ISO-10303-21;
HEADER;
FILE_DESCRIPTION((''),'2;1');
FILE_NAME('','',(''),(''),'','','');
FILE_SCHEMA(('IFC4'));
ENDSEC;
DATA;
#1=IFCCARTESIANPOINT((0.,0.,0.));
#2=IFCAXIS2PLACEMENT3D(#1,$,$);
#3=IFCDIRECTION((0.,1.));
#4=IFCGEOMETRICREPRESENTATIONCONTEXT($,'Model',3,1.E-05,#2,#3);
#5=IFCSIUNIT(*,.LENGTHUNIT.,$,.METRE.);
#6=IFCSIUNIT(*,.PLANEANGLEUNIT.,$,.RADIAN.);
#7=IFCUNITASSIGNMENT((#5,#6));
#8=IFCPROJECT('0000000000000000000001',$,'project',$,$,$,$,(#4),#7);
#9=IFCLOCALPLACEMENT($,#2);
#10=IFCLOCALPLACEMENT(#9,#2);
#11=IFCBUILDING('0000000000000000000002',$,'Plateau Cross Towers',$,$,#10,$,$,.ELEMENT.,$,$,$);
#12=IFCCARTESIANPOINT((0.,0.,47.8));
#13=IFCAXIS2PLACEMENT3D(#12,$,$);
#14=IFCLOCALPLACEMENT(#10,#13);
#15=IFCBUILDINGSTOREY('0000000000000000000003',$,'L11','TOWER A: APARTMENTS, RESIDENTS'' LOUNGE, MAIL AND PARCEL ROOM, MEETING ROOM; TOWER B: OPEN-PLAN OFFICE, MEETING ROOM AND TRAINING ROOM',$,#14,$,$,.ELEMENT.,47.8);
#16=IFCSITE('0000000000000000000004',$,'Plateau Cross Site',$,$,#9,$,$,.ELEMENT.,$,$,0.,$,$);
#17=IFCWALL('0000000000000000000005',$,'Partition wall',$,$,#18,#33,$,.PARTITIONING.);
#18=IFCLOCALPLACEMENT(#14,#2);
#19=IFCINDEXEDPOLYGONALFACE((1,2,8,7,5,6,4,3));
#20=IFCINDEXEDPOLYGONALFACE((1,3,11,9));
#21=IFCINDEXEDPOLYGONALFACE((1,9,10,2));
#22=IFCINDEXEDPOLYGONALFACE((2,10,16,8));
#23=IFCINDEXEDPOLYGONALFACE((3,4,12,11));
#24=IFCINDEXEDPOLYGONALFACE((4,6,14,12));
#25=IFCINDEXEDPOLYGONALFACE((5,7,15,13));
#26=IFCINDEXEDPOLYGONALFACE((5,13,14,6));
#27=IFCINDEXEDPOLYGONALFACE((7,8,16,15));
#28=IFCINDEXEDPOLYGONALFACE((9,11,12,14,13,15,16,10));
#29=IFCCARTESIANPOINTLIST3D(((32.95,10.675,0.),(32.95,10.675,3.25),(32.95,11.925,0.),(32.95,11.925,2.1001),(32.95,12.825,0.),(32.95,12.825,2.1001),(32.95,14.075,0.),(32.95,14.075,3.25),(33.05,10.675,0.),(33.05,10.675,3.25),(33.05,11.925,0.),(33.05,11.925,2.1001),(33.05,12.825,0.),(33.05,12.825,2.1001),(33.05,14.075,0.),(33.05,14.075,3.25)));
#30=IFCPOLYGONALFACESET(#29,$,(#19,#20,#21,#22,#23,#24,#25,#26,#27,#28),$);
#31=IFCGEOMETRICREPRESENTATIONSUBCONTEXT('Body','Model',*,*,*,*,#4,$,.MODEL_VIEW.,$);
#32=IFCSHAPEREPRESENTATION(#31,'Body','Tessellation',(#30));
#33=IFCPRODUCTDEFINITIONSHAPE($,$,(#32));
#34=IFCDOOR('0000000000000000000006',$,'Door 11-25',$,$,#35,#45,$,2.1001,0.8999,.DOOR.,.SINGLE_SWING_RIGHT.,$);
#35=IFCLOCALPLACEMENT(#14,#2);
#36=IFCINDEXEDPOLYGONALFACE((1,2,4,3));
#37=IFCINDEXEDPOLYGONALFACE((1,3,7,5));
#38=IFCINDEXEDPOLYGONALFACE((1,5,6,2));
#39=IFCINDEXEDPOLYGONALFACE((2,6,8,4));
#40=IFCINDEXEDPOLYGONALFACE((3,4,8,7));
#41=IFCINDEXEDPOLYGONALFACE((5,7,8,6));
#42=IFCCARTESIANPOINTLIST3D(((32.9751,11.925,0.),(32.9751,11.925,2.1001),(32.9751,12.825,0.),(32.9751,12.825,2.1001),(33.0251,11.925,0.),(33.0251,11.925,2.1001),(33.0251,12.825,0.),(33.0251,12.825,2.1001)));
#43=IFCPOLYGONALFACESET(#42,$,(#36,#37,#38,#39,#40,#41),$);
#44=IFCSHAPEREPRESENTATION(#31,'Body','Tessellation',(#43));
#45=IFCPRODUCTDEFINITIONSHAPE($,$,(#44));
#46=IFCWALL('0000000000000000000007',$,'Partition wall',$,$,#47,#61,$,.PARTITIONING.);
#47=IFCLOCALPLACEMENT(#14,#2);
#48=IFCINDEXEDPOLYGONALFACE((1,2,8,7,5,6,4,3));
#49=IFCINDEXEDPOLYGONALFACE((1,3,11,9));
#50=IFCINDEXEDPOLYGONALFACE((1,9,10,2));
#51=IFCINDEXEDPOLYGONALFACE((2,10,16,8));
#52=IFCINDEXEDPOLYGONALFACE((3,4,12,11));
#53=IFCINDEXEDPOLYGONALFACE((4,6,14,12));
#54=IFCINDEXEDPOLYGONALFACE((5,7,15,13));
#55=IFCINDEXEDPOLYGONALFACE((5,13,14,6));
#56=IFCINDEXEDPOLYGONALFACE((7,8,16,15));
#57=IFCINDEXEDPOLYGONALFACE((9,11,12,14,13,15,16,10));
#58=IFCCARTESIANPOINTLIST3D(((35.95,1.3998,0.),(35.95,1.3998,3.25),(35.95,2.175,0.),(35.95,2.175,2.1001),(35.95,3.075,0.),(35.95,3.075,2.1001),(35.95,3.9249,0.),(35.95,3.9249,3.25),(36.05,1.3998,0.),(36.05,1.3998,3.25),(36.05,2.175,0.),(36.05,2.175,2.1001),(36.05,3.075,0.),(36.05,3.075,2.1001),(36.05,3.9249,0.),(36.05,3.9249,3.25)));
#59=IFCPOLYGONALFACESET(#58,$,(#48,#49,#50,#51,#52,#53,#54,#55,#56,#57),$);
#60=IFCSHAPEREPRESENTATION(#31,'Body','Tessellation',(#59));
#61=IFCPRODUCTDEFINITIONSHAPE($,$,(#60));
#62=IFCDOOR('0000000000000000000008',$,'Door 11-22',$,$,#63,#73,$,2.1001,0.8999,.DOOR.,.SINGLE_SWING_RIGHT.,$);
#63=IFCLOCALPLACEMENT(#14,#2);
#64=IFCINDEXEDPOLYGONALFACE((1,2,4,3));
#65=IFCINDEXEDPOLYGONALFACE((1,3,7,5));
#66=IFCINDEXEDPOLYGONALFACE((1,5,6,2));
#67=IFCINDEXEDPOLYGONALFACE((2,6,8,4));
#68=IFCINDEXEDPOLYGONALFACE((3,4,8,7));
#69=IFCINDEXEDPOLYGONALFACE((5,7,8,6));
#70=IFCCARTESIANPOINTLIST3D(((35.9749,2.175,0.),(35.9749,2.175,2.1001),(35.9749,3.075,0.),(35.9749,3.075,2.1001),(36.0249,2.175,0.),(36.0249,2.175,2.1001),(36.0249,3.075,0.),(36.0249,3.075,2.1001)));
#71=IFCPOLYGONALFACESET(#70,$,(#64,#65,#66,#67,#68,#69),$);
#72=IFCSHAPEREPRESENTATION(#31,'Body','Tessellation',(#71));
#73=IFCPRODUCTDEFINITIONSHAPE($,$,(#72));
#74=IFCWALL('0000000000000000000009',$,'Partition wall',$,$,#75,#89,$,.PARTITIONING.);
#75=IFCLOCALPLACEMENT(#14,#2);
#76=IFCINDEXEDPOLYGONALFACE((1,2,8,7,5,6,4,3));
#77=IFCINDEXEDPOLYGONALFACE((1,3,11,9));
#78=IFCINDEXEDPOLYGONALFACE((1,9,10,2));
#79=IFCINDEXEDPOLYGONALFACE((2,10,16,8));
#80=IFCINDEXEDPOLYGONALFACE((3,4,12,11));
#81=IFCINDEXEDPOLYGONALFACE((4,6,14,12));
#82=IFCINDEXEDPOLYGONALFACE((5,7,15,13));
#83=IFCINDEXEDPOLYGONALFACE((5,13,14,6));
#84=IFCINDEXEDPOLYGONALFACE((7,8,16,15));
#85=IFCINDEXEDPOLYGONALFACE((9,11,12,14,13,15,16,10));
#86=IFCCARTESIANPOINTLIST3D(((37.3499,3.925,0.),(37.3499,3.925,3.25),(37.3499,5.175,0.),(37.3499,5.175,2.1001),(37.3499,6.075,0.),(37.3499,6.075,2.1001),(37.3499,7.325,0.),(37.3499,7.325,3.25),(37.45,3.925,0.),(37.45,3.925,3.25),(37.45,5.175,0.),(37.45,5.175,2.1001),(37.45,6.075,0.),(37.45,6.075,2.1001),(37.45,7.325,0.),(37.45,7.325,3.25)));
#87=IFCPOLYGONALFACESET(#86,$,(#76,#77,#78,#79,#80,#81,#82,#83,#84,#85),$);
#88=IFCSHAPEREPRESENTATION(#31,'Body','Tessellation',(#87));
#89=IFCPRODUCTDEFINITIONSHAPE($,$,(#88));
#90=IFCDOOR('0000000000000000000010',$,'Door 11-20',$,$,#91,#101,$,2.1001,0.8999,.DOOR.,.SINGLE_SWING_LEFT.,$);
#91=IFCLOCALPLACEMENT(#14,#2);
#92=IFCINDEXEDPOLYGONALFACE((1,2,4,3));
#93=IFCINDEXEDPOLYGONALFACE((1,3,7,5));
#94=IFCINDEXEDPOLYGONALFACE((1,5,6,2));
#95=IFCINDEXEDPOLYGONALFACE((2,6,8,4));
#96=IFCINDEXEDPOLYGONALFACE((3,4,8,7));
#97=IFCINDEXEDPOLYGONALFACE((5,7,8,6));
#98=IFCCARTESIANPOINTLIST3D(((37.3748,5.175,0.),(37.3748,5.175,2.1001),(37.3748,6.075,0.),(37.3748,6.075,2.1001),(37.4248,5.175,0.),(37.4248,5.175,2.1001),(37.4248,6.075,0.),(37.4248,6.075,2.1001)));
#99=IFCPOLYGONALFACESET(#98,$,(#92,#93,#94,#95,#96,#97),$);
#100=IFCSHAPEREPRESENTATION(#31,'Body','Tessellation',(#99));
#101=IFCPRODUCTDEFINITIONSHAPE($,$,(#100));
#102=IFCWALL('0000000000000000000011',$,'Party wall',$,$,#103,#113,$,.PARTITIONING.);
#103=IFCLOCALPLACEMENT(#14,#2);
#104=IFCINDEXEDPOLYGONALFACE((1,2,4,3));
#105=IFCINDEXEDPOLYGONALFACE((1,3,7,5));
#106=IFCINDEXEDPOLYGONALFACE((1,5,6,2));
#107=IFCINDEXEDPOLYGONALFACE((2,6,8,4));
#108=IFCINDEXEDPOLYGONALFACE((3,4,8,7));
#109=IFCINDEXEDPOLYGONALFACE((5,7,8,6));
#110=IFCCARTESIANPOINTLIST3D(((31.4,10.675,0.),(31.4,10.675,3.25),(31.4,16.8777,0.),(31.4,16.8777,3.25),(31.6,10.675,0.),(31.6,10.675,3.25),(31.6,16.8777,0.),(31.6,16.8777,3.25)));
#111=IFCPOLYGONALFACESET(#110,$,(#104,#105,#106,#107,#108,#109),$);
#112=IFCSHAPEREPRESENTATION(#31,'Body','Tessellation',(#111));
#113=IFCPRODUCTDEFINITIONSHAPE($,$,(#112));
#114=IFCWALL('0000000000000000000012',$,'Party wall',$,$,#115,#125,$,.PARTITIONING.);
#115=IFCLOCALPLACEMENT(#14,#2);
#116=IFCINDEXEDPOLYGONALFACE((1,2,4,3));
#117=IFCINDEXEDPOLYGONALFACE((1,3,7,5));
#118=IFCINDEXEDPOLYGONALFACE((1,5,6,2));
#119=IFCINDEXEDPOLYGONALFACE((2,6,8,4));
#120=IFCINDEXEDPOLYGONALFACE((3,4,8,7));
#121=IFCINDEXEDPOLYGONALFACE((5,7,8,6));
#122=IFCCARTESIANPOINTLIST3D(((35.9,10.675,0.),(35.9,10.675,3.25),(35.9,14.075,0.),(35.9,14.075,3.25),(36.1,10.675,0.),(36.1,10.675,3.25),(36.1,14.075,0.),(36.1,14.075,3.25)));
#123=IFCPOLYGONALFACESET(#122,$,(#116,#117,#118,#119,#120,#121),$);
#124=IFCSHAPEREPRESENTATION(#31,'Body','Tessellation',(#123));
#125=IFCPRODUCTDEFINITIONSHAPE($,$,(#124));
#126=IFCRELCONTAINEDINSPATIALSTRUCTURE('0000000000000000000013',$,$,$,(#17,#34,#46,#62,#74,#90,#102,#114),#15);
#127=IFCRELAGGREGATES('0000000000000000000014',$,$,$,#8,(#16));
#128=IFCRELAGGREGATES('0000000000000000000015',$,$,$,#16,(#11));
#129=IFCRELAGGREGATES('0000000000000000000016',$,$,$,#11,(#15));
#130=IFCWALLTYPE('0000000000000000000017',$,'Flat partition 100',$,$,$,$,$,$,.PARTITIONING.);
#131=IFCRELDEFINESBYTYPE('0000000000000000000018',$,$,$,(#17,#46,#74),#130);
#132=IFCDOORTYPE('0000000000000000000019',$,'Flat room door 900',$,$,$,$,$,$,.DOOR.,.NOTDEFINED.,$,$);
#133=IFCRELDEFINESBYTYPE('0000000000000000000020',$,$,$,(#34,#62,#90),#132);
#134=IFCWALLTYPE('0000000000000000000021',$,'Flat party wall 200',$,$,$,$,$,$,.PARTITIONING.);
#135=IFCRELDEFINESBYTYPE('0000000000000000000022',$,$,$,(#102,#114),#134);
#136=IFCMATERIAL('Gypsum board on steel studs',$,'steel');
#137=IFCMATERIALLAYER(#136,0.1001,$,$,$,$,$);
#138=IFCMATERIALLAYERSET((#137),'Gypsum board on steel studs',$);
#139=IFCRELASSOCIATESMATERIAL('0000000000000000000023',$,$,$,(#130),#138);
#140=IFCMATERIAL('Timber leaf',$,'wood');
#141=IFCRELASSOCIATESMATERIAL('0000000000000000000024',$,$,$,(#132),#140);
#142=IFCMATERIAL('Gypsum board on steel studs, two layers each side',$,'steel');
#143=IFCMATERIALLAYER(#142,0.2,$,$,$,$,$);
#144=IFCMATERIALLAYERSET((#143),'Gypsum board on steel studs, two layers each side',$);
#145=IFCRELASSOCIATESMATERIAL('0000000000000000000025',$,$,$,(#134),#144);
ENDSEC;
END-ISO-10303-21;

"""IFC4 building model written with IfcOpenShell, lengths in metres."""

from ifc_helpers import new_model, si_unit, direction, frame, frame_2d, origin, place, context, subcontext, project, spatial, rectangle, extrude, material, layer, layer_set, type_object, element, fill, save


model = new_model("IFC4")

# Units and contexts
model_context = context("Model", 3, precision=1e-05, world=origin(), true_north=direction((0.0, 1.0)))
body_context = subcontext(model_context, "Body", "Model", "MODEL_VIEW")
ifc_project = project(units=[si_unit("LENGTHUNIT", "METRE"), si_unit("PLANEANGLEUNIT", "RADIAN")], contexts=[model_context])

# Site, building, storey
site_placement = place(None, origin())
site = spatial("IfcSite", under=ifc_project, at=site_placement, Name="Plateau Cross Site", CompositionType="ELEMENT", RefElevation=0.0)
building_placement = place(site_placement, origin())
building = spatial("IfcBuilding", under=site, at=building_placement, Name="Plateau Cross Towers", CompositionType="ELEMENT")
storey_placement = place(building_placement, frame((0.0, 0.0, 47.8)))
storey = spatial("IfcBuildingStorey", under=building, at=storey_placement, Name="L11", Description="TOWER A: APARTMENTS, RESIDENTS' LOUNGE, MAIL AND PARCEL ROOM, MEETING ROOM; TOWER B: OPEN-PLAN OFFICE, MEETING ROOM AND TRAINING ROOM", CompositionType="ELEMENT", Elevation=47.8)

# Shared definitions
ifc_material_1 = material(Name="Gypsum board on steel studs", Category="steel")
ifc_layer_1 = layer(ifc_material_1, 0.1001)
ifc_layer_set_1 = layer_set([ifc_layer_1], Name="Gypsum board on steel studs")
wall_type_1 = type_object("IfcWallType", Name="Flat partition 100", PredefinedType="PARTITIONING", material=ifc_layer_set_1)
ifc_material_2 = material(Name="Timber leaf", Category="wood")
door_type = type_object("IfcDoorType", Name="Flat room door 900", OperationType="NOTDEFINED", PredefinedType="DOOR", material=ifc_material_2)

# Walls, openings, doors
wall_1_placement = place(storey_placement, frame((33.0, 10.675, 0.0), z_axis=(0.0, 0.0, 1.0), x_axis=(0.0, 1.0, 0.0)))
wall_1 = element("IfcWall", 1, at=wall_1_placement, inside=storey, type_object=wall_type_1, Name="Partition wall", PredefinedType="PARTITIONING", context=body_context, shape_type="SweptSolid", body=[
    extrude(rectangle(XDim=3.3999, YDim=0.1001, at=frame_2d((1.7, 0.0))), origin(), (0.0, 0.0, 1.0), 3.25),
])
opening_1_placement = place(wall_1_placement, frame((1.25, 0.0, 0.0)))
opening_1 = element("IfcOpeningElement", 2, at=opening_1_placement, cuts=wall_1, PredefinedType="OPENING", context=body_context, shape_type="SweptSolid", body=[
    extrude(rectangle(XDim=0.8999, YDim=2.1001, at=frame_2d((0.45, 1.05))), frame((0.0, 0.0601, 0.0), z_axis=(0.0, -1.0, 0.0), x_axis=(1.0, 0.0, 0.0)), (0.0, 0.0, 1.0), 0.1201),
])
door_1_placement = place(opening_1_placement, origin())
door_1 = element("IfcDoor", 3, at=door_1_placement, inside=storey, type_object=door_type, Name="Door 11-25", OperationType="SINGLE_SWING_RIGHT", OverallHeight=2.1001, OverallWidth=0.8999, PredefinedType="DOOR", context=body_context, shape_type="SweptSolid", body=[
    extrude(rectangle(XDim=0.8999, YDim=2.1001, at=frame_2d((0.45, 1.05))), frame((0.0, 0.0249, 0.0), z_axis=(0.0, -1.0, 0.0), x_axis=(1.0, 0.0, 0.0)), (0.0, 0.0, 1.0), 0.05),
])
fill(opening_1, door_1)
wall_2_placement = place(storey_placement, frame((36.0, 3.925, 0.0), z_axis=(0.0, 0.0, 1.0), x_axis=(0.0, -1.0, 0.0)))
wall_2 = element("IfcWall", 4, at=wall_2_placement, inside=storey, type_object=wall_type_1, Name="Partition wall", PredefinedType="PARTITIONING", context=body_context, shape_type="SweptSolid", body=[
    extrude(rectangle(XDim=2.5251, YDim=0.1001, at=frame_2d((1.2627, 0.0))), origin(), (0.0, 0.0, 1.0), 3.25),
])
opening_2_placement = place(wall_2_placement, frame((0.8501, 0.0, 0.0)))
opening_2 = element("IfcOpeningElement", 5, at=opening_2_placement, cuts=wall_2, PredefinedType="OPENING", context=body_context, shape_type="SweptSolid", body=[
    extrude(rectangle(XDim=0.8999, YDim=2.1001, at=frame_2d((0.45, 1.05))), frame((0.0, 0.0601, 0.0), z_axis=(0.0, -1.0, 0.0), x_axis=(1.0, 0.0, 0.0)), (0.0, 0.0, 1.0), 0.1201),
])
door_2_placement = place(opening_2_placement, origin())
door_2 = element("IfcDoor", 6, at=door_2_placement, inside=storey, type_object=door_type, Name="Door 11-22", OperationType="SINGLE_SWING_RIGHT", OverallHeight=2.1001, OverallWidth=0.8999, PredefinedType="DOOR", context=body_context, shape_type="SweptSolid", body=[
    extrude(rectangle(XDim=0.8999, YDim=2.1001, at=frame_2d((0.45, 1.05))), frame((0.0, 0.0249, 0.0), z_axis=(0.0, -1.0, 0.0), x_axis=(1.0, 0.0, 0.0)), (0.0, 0.0, 1.0), 0.05),
])
fill(opening_2, door_2)
wall_3_placement = place(storey_placement, frame((37.3999, 7.325, 0.0), z_axis=(0.0, 0.0, 1.0), x_axis=(0.0, -1.0, 0.0)))
wall_3 = element("IfcWall", 7, at=wall_3_placement, inside=storey, type_object=wall_type_1, Name="Partition wall", PredefinedType="PARTITIONING", context=body_context, shape_type="SweptSolid", body=[
    extrude(rectangle(XDim=3.3999, YDim=0.1001, at=frame_2d((1.7, 0.0))), origin(), (0.0, 0.0, 1.0), 3.25),
])
opening_3_placement = place(wall_3_placement, frame((1.25, 0.0, 0.0)))
opening_3 = element("IfcOpeningElement", 8, at=opening_3_placement, cuts=wall_3, PredefinedType="OPENING", context=body_context, shape_type="SweptSolid", body=[
    extrude(rectangle(XDim=0.8999, YDim=2.1001, at=frame_2d((0.45, 1.05))), frame((0.0, 0.0601, 0.0), z_axis=(0.0, -1.0, 0.0), x_axis=(1.0, 0.0, 0.0)), (0.0, 0.0, 1.0), 0.1201),
])
door_3_placement = place(opening_3_placement, origin())
door_3 = element("IfcDoor", 9, at=door_3_placement, inside=storey, type_object=door_type, Name="Door 11-20", OperationType="SINGLE_SWING_LEFT", OverallHeight=2.1001, OverallWidth=0.8999, PredefinedType="DOOR", context=body_context, shape_type="SweptSolid", body=[
    extrude(rectangle(XDim=0.8999, YDim=2.1001, at=frame_2d((0.45, 1.05))), frame((0.0, 0.0249, 0.0), z_axis=(0.0, -1.0, 0.0), x_axis=(1.0, 0.0, 0.0)), (0.0, 0.0, 1.0), 0.05),
])
fill(opening_3, door_3)

# Walls
ifc_material_3 = material(Name="Gypsum board on steel studs, two layers each side", Category="steel")
ifc_layer_2 = layer(ifc_material_3, 0.2)
ifc_layer_set_2 = layer_set([ifc_layer_2], Name="Gypsum board on steel studs, two layers each side")
wall_type_2 = type_object("IfcWallType", Name="Flat party wall 200", PredefinedType="PARTITIONING", material=ifc_layer_set_2)
wall_4_placement = place(storey_placement, frame((31.5, 10.675, 0.0), z_axis=(0.0, 0.0, 1.0), x_axis=(0.0, 1.0, 0.0)))
element("IfcWall", 10, at=wall_4_placement, inside=storey, type_object=wall_type_2, Name="Party wall", PredefinedType="PARTITIONING", context=body_context, shape_type="SweptSolid", body=[
    extrude(rectangle(XDim=6.2026, YDim=0.2, at=frame_2d((3.1013, 0.0))), origin(), (0.0, 0.0, 1.0), 3.25),
])
wall_5_placement = place(storey_placement, frame((36.0, 10.675, 0.0), z_axis=(0.0, 0.0, 1.0), x_axis=(0.0, 1.0, 0.0)))
element("IfcWall", 11, at=wall_5_placement, inside=storey, type_object=wall_type_2, Name="Party wall", PredefinedType="PARTITIONING", context=body_context, shape_type="SweptSolid", body=[
    extrude(rectangle(XDim=3.3999, YDim=0.2, at=frame_2d((1.7, 0.0))), origin(), (0.0, 0.0, 1.0), 3.25),
])

save(model, "model.ifc")
